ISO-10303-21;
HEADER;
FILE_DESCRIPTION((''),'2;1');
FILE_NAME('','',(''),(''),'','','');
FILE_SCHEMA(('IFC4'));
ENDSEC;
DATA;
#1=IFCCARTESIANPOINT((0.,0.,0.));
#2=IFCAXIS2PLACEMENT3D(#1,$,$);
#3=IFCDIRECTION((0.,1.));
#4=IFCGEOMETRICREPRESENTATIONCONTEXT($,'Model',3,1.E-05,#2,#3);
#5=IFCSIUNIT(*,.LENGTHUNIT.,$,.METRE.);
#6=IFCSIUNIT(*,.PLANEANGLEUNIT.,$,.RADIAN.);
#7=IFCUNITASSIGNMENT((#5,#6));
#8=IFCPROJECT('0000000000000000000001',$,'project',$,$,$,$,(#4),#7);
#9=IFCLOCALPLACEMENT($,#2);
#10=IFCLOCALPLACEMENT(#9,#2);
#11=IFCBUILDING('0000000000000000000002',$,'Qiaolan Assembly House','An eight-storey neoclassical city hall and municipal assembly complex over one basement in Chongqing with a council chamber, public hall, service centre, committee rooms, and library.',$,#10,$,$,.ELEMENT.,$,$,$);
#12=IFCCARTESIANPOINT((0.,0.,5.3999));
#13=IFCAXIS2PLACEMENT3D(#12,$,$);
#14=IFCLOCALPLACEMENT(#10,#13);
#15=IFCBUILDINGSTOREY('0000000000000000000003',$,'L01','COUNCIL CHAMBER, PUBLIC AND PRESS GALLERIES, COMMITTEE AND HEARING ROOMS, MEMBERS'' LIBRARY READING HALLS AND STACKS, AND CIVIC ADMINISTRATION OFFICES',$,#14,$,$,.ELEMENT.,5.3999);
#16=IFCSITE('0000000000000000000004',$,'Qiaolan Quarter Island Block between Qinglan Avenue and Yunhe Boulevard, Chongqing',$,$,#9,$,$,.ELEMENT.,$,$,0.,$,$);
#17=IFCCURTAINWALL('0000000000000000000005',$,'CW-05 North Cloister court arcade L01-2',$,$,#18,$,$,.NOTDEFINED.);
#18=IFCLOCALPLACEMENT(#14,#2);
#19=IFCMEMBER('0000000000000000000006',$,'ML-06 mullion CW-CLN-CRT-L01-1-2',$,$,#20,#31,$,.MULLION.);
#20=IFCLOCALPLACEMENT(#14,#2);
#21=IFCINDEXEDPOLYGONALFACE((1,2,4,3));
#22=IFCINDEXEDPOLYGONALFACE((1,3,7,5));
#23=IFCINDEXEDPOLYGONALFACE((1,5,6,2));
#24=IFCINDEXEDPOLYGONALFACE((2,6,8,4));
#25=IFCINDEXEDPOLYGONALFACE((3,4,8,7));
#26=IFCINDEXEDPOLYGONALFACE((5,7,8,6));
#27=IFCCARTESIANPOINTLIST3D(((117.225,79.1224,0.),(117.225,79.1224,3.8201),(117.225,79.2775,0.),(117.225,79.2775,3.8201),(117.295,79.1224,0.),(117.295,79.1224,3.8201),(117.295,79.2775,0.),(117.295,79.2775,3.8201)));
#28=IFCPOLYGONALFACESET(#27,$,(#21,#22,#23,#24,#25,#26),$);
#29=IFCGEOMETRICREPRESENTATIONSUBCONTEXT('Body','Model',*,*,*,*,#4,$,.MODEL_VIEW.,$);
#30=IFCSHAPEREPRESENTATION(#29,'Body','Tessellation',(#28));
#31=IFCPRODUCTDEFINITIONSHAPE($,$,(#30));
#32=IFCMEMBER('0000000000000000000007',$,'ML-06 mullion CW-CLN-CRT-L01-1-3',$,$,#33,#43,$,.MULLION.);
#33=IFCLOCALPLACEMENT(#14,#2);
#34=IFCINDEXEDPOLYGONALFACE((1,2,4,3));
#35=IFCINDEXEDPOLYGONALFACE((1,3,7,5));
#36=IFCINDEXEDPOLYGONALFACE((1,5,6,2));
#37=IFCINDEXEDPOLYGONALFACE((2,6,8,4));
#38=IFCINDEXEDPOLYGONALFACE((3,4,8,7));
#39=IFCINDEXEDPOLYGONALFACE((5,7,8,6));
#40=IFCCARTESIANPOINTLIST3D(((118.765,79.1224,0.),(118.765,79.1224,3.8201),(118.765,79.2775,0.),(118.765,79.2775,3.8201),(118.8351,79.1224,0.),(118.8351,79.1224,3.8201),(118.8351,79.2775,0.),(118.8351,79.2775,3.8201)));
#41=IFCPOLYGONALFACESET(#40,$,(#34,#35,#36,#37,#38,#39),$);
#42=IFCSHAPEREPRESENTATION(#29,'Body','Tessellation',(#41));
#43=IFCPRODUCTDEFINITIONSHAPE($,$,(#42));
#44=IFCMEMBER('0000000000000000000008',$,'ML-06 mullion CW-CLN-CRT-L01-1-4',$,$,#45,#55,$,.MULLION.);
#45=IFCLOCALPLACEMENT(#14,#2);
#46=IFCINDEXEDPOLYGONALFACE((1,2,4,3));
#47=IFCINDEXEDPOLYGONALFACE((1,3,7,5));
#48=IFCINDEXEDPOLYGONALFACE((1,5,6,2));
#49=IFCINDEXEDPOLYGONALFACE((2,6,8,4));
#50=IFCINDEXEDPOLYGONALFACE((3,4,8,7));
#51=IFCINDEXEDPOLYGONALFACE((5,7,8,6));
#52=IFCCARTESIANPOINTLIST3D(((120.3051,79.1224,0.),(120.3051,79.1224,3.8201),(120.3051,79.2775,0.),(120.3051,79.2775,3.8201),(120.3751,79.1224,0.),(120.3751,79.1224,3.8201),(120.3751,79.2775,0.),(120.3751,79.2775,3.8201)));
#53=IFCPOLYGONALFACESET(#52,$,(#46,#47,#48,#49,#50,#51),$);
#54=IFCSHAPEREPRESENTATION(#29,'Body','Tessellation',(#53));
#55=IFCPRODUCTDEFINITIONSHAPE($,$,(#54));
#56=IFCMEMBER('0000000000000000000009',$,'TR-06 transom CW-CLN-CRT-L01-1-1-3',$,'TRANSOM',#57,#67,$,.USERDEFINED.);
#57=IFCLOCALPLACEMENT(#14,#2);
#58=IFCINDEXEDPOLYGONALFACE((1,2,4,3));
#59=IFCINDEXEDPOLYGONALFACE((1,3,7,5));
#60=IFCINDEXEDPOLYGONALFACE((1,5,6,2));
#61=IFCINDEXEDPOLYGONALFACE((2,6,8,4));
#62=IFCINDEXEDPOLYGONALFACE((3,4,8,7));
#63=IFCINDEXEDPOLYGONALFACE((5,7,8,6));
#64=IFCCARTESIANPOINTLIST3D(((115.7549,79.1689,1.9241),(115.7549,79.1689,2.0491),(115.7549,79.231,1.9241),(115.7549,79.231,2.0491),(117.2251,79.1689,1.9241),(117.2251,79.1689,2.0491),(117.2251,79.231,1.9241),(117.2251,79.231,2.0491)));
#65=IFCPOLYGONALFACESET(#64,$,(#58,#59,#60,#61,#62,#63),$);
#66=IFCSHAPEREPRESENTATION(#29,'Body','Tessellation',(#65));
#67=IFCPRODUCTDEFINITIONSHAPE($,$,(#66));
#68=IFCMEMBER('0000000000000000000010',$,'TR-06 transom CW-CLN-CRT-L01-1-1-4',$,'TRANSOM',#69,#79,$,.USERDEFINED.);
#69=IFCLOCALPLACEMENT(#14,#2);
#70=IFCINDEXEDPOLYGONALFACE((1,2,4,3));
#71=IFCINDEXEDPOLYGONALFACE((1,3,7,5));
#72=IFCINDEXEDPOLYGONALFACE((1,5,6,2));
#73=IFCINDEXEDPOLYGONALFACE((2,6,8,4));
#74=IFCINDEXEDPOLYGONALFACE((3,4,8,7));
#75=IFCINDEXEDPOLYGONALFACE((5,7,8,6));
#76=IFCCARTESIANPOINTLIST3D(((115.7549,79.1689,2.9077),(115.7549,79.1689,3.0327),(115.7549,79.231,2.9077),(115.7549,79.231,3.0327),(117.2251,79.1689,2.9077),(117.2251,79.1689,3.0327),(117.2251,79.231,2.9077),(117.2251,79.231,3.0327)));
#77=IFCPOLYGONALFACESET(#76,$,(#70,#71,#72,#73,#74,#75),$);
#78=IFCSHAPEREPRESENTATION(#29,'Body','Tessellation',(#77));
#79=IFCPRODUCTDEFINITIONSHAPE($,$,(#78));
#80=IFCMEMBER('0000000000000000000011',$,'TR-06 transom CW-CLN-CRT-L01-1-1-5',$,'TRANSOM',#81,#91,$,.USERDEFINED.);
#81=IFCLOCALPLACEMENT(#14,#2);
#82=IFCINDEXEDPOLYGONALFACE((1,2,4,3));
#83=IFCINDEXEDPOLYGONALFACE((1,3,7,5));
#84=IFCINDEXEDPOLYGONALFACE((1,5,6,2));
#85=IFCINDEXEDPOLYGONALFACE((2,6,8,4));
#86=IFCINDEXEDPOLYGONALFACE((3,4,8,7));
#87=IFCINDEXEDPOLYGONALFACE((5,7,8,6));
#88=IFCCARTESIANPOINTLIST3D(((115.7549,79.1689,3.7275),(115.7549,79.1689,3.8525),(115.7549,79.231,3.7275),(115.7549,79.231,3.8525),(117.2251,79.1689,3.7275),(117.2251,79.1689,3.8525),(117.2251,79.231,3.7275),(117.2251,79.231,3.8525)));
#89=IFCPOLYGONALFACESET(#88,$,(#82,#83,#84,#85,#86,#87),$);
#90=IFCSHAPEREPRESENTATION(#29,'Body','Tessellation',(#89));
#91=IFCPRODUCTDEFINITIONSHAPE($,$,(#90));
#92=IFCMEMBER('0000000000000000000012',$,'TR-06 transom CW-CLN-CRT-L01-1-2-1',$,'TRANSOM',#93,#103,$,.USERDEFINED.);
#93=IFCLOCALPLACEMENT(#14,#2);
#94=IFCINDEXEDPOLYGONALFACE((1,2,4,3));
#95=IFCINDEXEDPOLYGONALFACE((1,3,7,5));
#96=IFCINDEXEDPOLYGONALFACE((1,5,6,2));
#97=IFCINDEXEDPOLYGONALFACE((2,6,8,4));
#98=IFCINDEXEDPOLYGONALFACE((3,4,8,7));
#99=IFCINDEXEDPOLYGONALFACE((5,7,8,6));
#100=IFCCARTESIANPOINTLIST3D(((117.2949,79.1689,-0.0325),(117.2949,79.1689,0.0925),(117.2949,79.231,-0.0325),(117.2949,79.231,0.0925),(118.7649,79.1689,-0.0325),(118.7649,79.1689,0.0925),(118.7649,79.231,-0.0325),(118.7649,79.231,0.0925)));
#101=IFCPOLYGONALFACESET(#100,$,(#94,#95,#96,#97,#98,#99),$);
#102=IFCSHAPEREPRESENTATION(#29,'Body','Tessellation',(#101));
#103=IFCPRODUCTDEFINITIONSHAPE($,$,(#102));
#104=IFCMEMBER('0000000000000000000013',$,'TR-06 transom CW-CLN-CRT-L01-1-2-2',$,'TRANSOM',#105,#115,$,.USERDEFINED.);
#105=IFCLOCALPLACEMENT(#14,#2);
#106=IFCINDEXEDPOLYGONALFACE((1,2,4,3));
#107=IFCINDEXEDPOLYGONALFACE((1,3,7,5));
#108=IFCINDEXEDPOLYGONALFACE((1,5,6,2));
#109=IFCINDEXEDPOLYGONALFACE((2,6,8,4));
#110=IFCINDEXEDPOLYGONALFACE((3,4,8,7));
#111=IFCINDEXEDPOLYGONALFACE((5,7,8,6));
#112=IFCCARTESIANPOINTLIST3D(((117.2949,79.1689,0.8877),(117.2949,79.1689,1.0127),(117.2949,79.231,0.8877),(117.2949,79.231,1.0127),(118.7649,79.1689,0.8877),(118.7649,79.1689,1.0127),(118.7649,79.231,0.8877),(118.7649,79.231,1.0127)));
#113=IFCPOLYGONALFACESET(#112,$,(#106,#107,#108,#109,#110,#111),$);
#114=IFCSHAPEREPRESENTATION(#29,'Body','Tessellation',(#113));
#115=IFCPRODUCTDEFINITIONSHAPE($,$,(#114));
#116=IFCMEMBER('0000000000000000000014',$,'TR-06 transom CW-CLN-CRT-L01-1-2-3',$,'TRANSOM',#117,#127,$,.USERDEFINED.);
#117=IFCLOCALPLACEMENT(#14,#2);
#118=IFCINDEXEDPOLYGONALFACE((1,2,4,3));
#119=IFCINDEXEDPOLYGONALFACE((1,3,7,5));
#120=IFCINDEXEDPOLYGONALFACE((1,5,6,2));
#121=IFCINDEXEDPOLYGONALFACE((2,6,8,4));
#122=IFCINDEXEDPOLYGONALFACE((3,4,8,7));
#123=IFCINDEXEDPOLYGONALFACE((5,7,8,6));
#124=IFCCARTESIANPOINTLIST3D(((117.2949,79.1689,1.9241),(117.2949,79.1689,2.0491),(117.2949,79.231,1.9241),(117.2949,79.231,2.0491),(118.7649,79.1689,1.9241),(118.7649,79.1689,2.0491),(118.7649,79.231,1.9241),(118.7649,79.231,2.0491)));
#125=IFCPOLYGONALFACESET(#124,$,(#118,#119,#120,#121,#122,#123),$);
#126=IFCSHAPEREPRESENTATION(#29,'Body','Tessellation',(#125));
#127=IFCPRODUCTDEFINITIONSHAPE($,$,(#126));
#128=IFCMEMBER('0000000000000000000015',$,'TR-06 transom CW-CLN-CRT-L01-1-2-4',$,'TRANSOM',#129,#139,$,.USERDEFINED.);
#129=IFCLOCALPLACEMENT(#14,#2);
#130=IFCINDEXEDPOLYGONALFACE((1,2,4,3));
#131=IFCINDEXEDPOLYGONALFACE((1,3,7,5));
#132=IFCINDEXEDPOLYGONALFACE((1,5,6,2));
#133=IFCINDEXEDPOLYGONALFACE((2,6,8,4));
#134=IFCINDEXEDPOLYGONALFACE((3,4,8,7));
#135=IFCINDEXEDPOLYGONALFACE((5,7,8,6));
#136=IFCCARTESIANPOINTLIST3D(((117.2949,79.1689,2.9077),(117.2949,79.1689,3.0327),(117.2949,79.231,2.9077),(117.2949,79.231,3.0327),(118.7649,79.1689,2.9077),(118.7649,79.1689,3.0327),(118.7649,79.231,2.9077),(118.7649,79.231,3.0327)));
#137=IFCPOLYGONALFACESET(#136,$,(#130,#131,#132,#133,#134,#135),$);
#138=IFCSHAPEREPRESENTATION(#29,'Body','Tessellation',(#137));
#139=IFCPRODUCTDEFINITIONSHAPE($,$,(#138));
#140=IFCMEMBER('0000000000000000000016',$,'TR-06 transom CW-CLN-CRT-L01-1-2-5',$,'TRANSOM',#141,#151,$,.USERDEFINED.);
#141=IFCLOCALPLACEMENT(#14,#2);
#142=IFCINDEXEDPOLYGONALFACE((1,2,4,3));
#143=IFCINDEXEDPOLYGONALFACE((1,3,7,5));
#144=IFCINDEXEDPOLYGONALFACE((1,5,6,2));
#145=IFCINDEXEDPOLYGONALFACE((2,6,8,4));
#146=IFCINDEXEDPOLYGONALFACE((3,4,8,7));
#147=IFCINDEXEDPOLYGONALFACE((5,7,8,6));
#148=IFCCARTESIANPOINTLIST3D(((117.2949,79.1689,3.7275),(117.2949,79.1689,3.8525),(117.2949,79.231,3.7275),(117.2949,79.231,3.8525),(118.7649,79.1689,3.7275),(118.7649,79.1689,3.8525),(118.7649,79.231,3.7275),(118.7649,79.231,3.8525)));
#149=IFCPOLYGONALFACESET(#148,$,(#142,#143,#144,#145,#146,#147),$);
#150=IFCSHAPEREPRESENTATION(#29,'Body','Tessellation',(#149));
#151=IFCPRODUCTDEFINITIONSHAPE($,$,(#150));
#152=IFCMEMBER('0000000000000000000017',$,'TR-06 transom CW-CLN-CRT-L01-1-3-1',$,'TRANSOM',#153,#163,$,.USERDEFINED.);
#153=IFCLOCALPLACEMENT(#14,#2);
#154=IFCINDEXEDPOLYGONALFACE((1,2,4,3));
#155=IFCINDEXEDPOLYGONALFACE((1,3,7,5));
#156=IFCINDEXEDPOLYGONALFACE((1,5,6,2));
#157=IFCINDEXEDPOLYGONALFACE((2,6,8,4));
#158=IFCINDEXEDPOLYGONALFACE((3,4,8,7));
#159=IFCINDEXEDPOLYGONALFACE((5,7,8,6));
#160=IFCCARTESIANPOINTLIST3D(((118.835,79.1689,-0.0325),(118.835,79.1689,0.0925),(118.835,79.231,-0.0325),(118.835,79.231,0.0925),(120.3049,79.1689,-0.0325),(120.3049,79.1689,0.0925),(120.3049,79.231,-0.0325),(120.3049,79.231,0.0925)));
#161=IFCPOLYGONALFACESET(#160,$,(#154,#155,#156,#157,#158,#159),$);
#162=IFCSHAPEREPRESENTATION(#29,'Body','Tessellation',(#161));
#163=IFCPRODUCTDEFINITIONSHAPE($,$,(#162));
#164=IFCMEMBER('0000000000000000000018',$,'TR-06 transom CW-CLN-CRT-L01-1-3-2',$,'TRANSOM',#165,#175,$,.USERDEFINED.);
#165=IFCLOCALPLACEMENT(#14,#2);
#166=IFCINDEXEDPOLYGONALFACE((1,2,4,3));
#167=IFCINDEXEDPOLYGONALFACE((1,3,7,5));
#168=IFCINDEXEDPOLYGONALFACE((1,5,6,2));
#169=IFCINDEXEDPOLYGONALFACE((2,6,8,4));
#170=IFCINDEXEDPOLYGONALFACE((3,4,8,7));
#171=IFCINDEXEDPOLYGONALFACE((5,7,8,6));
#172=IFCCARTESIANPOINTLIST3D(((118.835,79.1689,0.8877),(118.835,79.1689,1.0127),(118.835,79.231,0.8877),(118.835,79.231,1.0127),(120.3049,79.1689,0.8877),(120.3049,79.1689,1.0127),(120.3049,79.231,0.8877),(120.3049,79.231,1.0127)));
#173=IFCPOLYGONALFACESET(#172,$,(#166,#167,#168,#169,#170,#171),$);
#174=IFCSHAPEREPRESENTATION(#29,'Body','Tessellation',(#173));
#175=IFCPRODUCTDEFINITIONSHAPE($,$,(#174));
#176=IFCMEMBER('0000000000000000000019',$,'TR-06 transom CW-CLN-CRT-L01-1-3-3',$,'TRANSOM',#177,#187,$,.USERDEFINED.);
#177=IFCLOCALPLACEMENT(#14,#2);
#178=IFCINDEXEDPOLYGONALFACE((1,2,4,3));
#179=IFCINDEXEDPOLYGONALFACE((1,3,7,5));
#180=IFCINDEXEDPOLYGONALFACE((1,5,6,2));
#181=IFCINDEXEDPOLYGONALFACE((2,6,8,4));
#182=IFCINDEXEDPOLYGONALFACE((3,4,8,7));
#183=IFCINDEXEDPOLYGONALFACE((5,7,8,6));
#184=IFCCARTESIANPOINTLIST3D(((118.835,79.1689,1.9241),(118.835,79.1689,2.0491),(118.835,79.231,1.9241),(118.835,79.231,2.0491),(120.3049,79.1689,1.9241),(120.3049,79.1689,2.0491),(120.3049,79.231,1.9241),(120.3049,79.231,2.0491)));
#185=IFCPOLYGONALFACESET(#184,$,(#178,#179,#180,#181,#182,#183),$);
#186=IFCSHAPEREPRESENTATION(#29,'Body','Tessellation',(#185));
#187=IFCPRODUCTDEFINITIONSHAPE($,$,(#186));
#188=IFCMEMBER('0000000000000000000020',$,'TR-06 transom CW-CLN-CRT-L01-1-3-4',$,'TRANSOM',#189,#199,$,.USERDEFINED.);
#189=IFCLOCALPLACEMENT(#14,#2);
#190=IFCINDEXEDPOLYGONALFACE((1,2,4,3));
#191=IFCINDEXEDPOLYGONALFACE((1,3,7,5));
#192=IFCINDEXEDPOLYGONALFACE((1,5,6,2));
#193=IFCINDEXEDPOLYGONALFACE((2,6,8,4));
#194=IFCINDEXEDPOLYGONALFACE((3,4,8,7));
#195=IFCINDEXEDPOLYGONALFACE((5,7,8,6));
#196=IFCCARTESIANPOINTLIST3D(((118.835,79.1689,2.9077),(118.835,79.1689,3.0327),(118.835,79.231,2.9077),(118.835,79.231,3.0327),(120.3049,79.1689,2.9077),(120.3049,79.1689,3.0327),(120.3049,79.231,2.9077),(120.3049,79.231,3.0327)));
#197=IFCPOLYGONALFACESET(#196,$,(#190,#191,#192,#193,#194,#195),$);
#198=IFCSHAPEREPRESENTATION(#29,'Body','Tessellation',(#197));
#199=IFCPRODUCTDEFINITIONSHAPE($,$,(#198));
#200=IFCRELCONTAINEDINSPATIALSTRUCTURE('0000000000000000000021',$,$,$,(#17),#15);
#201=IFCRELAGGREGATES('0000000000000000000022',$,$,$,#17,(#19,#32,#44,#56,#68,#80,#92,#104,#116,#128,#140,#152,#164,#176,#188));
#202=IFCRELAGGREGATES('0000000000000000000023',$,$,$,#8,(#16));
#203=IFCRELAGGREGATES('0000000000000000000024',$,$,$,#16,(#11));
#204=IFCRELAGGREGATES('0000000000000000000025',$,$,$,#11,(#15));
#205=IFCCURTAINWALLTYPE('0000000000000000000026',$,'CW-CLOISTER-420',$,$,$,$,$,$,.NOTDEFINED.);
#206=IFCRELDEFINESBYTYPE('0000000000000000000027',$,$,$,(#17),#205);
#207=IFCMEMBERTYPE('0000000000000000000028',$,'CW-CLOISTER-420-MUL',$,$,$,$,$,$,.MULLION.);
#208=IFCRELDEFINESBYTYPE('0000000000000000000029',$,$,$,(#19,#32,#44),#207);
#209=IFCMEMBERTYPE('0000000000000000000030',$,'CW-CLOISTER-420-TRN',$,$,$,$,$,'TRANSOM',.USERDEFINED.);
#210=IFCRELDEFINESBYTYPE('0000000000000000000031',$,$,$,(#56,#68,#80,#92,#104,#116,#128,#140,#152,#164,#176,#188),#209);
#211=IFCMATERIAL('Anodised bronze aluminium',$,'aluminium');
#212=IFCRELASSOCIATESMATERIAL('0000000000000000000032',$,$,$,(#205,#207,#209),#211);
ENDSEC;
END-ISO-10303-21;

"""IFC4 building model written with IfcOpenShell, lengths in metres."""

from ifc_helpers import new_model, si_unit, direction, frame, origin, origin_2d, place, context, subcontext, project, spatial, rectangle, extrude, material, material_profile, profile_set, type_object, element, aggregate, save


model = new_model("IFC4")

# Units and contexts
model_context = context("Model", 3, precision=1e-05, world=origin(), true_north=direction((0.0, 1.0)))
body_context = subcontext(model_context, "Body", "Model", "MODEL_VIEW")
ifc_project = project(units=[si_unit("LENGTHUNIT", "METRE"), si_unit("PLANEANGLEUNIT", "RADIAN")], contexts=[model_context])

# Site, building, storey
site_placement = place(None, origin())
site = spatial("IfcSite", under=ifc_project, at=site_placement, Name="Qiaolan Quarter Island Block between Qinglan Avenue and Yunhe Boulevard, Chongqing", CompositionType="ELEMENT", RefElevation=0.0)
building_placement = place(site_placement, origin())
building = spatial("IfcBuilding", under=site, at=building_placement, Name="Qiaolan Assembly House", Description="An eight-storey neoclassical city hall and municipal assembly complex over one basement in Chongqing with a council chamber, public hall, service centre, committee rooms, and library.", CompositionType="ELEMENT")
storey_placement = place(building_placement, frame((0.0, 0.0, 5.3999)))
storey = spatial("IfcBuildingStorey", under=building, at=storey_placement, Name="L01", Description="COUNCIL CHAMBER, PUBLIC AND PRESS GALLERIES, COMMITTEE AND HEARING ROOMS, MEMBERS' LIBRARY READING HALLS AND STACKS, AND CIVIC ADMINISTRATION OFFICES", CompositionType="ELEMENT", Elevation=5.3999)

# Curtain wall, members
ifc_material_1 = material(Name="Anodised bronze aluminium", Category="aluminium")
curtain_wall_type = type_object("IfcCurtainWallType", Name="CW-CLOISTER-420", PredefinedType="NOTDEFINED", material=ifc_material_1)
curtain_wall_placement = place(storey_placement, origin())
curtain_wall = element("IfcCurtainWall", 1, at=curtain_wall_placement, inside=storey, type_object=curtain_wall_type, Name="CW-05 North Cloister court arcade L01-2", PredefinedType="NOTDEFINED")
ifc_material_profile_1 = material_profile(ifc_material_1, rectangle(XDim=0.0701, YDim=0.155, at=origin_2d()), Name="MUL 70x155")
ifc_profile_set_1 = profile_set([ifc_material_profile_1], Name="Anodised bronze aluminium")
member_type_1 = type_object("IfcMemberType", Name="CW-CLOISTER-420-MUL", PredefinedType="MULLION", material=ifc_profile_set_1)
member_1_placement = place(storey_placement, frame((117.26, 79.2, 0.0), z_axis=(0.0, 0.0, 1.0), x_axis=(1.0, 0.0, 0.0)))
member_1 = element("IfcMember", 2, at=member_1_placement, type_object=member_type_1, Name="ML-06 mullion CW-CLN-CRT-L01-1-2", PredefinedType="MULLION", context=body_context, shape_type="SweptSolid", body=[
    extrude(rectangle(XDim=0.0701, YDim=0.155, at=origin_2d()), origin(), (0.0, 0.0, 1.0), 3.8201),
])
member_2_placement = place(storey_placement, frame((118.8, 79.2, 0.0), z_axis=(0.0, 0.0, 1.0), x_axis=(1.0, 0.0, 0.0)))
member_2 = element("IfcMember", 3, at=member_2_placement, type_object=member_type_1, Name="ML-06 mullion CW-CLN-CRT-L01-1-3", PredefinedType="MULLION", context=body_context, shape_type="SweptSolid", body=[
    extrude(rectangle(XDim=0.0701, YDim=0.155, at=origin_2d()), origin(), (0.0, 0.0, 1.0), 3.8201),
])
member_3_placement = place(storey_placement, frame((120.3401, 79.2, 0.0), z_axis=(0.0, 0.0, 1.0), x_axis=(1.0, 0.0, 0.0)))
member_3 = element("IfcMember", 4, at=member_3_placement, type_object=member_type_1, Name="ML-06 mullion CW-CLN-CRT-L01-1-4", PredefinedType="MULLION", context=body_context, shape_type="SweptSolid", body=[
    extrude(rectangle(XDim=0.0701, YDim=0.155, at=origin_2d()), origin(), (0.0, 0.0, 1.0), 3.8201),
])
ifc_material_profile_2 = material_profile(ifc_material_1, rectangle(XDim=0.062, YDim=0.125, at=origin_2d()), Name="TRN 62x125")
ifc_profile_set_2 = profile_set([ifc_material_profile_2], Name="Anodised bronze aluminium")
member_type_2 = type_object("IfcMemberType", Name="CW-CLOISTER-420-TRN", ElementType="TRANSOM", PredefinedType="USERDEFINED", material=ifc_profile_set_2)
member_4_placement = place(storey_placement, frame((115.7549, 79.2, 1.9866), z_axis=(1.0, 0.0, 0.0), x_axis=(0.0, 1.0, 0.0)))
member_4 = element("IfcMember", 5, at=member_4_placement, type_object=member_type_2, Name="TR-06 transom CW-CLN-CRT-L01-1-1-3", ObjectType="TRANSOM", PredefinedType="USERDEFINED", context=body_context, shape_type="SweptSolid", body=[
    extrude(rectangle(XDim=0.062, YDim=0.125, at=origin_2d()), origin(), (0.0, 0.0, 1.0), 1.4702),
])
member_5_placement = place(storey_placement, frame((115.7549, 79.2, 2.9702), z_axis=(1.0, 0.0, 0.0), x_axis=(0.0, 1.0, 0.0)))
member_5 = element("IfcMember", 6, at=member_5_placement, type_object=member_type_2, Name="TR-06 transom CW-CLN-CRT-L01-1-1-4", ObjectType="TRANSOM", PredefinedType="USERDEFINED", context=body_context, shape_type="SweptSolid", body=[
    extrude(rectangle(XDim=0.062, YDim=0.125, at=origin_2d()), origin(), (0.0, 0.0, 1.0), 1.4702),
])
member_6_placement = place(storey_placement, frame((115.7549, 79.2, 3.79), z_axis=(1.0, 0.0, 0.0), x_axis=(0.0, 1.0, 0.0)))
member_6 = element("IfcMember", 7, at=member_6_placement, type_object=member_type_2, Name="TR-06 transom CW-CLN-CRT-L01-1-1-5", ObjectType="TRANSOM", PredefinedType="USERDEFINED", context=body_context, shape_type="SweptSolid", body=[
    extrude(rectangle(XDim=0.062, YDim=0.125, at=origin_2d()), origin(), (0.0, 0.0, 1.0), 1.4702),
])
member_7_placement = place(storey_placement, frame((117.2949, 79.2, 0.03), z_axis=(1.0, 0.0, 0.0), x_axis=(0.0, 1.0, 0.0)))
member_7 = element("IfcMember", 8, at=member_7_placement, type_object=member_type_2, Name="TR-06 transom CW-CLN-CRT-L01-1-2-1", ObjectType="TRANSOM", PredefinedType="USERDEFINED", context=body_context, shape_type="SweptSolid", body=[
    extrude(rectangle(XDim=0.062, YDim=0.125, at=origin_2d()), origin(), (0.0, 0.0, 1.0), 1.47),
])
member_8_placement = place(storey_placement, frame((117.2949, 79.2, 0.9502), z_axis=(1.0, 0.0, 0.0), x_axis=(0.0, 1.0, 0.0)))
member_8 = element("IfcMember", 9, at=member_8_placement, type_object=member_type_2, Name="TR-06 transom CW-CLN-CRT-L01-1-2-2", ObjectType="TRANSOM", PredefinedType="USERDEFINED", context=body_context, shape_type="SweptSolid", body=[
    extrude(rectangle(XDim=0.062, YDim=0.125, at=origin_2d()), origin(), (0.0, 0.0, 1.0), 1.47),
])
member_9_placement = place(storey_placement, frame((117.2949, 79.2, 1.9866), z_axis=(1.0, 0.0, 0.0), x_axis=(0.0, 1.0, 0.0)))
member_9 = element("IfcMember", 10, at=member_9_placement, type_object=member_type_2, Name="TR-06 transom CW-CLN-CRT-L01-1-2-3", ObjectType="TRANSOM", PredefinedType="USERDEFINED", context=body_context, shape_type="SweptSolid", body=[
    extrude(rectangle(XDim=0.062, YDim=0.125, at=origin_2d()), origin(), (0.0, 0.0, 1.0), 1.47),
])
member_10_placement = place(storey_placement, frame((117.2949, 79.2, 2.9702), z_axis=(1.0, 0.0, 0.0), x_axis=(0.0, 1.0, 0.0)))
member_10 = element("IfcMember", 11, at=member_10_placement, type_object=member_type_2, Name="TR-06 transom CW-CLN-CRT-L01-1-2-4", ObjectType="TRANSOM", PredefinedType="USERDEFINED", context=body_context, shape_type="SweptSolid", body=[
    extrude(rectangle(XDim=0.062, YDim=0.125, at=origin_2d()), origin(), (0.0, 0.0, 1.0), 1.47),
])
member_11_placement = place(storey_placement, frame((117.2949, 79.2, 3.79), z_axis=(1.0, 0.0, 0.0), x_axis=(0.0, 1.0, 0.0)))
member_11 = element("IfcMember", 12, at=member_11_placement, type_object=member_type_2, Name="TR-06 transom CW-CLN-CRT-L01-1-2-5", ObjectType="TRANSOM", PredefinedType="USERDEFINED", context=body_context, shape_type="SweptSolid", body=[
    extrude(rectangle(XDim=0.062, YDim=0.125, at=origin_2d()), origin(), (0.0, 0.0, 1.0), 1.47),
])
member_12_placement = place(storey_placement, frame((118.835, 79.2, 0.03), z_axis=(1.0, 0.0, 0.0), x_axis=(0.0, 1.0, 0.0)))
member_12 = element("IfcMember", 13, at=member_12_placement, type_object=member_type_2, Name="TR-06 transom CW-CLN-CRT-L01-1-3-1", ObjectType="TRANSOM", PredefinedType="USERDEFINED", context=body_context, shape_type="SweptSolid", body=[
    extrude(rectangle(XDim=0.062, YDim=0.125, at=origin_2d()), origin(), (0.0, 0.0, 1.0), 1.47),
])
member_13_placement = place(storey_placement, frame((118.835, 79.2, 0.9502), z_axis=(1.0, 0.0, 0.0), x_axis=(0.0, 1.0, 0.0)))
member_13 = element("IfcMember", 14, at=member_13_placement, type_object=member_type_2, Name="TR-06 transom CW-CLN-CRT-L01-1-3-2", ObjectType="TRANSOM", PredefinedType="USERDEFINED", context=body_context, shape_type="SweptSolid", body=[
    extrude(rectangle(XDim=0.062, YDim=0.125, at=origin_2d()), origin(), (0.0, 0.0, 1.0), 1.47),
])
member_14_placement = place(storey_placement, frame((118.835, 79.2, 1.9866), z_axis=(1.0, 0.0, 0.0), x_axis=(0.0, 1.0, 0.0)))
member_14 = element("IfcMember", 15, at=member_14_placement, type_object=member_type_2, Name="TR-06 transom CW-CLN-CRT-L01-1-3-3", ObjectType="TRANSOM", PredefinedType="USERDEFINED", context=body_context, shape_type="SweptSolid", body=[
    extrude(rectangle(XDim=0.062, YDim=0.125, at=origin_2d()), origin(), (0.0, 0.0, 1.0), 1.47),
])
member_15_placement = place(storey_placement, frame((118.835, 79.2, 2.9702), z_axis=(1.0, 0.0, 0.0), x_axis=(0.0, 1.0, 0.0)))
member_15 = element("IfcMember", 16, at=member_15_placement, type_object=member_type_2, Name="TR-06 transom CW-CLN-CRT-L01-1-3-4", ObjectType="TRANSOM", PredefinedType="USERDEFINED", context=body_context, shape_type="SweptSolid", body=[
    extrude(rectangle(XDim=0.062, YDim=0.125, at=origin_2d()), origin(), (0.0, 0.0, 1.0), 1.47),
])
aggregate(curtain_wall, [member_1, member_2, member_3, member_4, member_5, member_6, member_7, member_8, member_9, member_10, member_11, member_12, member_13, member_14, member_15])

save(model, "model.ifc")
